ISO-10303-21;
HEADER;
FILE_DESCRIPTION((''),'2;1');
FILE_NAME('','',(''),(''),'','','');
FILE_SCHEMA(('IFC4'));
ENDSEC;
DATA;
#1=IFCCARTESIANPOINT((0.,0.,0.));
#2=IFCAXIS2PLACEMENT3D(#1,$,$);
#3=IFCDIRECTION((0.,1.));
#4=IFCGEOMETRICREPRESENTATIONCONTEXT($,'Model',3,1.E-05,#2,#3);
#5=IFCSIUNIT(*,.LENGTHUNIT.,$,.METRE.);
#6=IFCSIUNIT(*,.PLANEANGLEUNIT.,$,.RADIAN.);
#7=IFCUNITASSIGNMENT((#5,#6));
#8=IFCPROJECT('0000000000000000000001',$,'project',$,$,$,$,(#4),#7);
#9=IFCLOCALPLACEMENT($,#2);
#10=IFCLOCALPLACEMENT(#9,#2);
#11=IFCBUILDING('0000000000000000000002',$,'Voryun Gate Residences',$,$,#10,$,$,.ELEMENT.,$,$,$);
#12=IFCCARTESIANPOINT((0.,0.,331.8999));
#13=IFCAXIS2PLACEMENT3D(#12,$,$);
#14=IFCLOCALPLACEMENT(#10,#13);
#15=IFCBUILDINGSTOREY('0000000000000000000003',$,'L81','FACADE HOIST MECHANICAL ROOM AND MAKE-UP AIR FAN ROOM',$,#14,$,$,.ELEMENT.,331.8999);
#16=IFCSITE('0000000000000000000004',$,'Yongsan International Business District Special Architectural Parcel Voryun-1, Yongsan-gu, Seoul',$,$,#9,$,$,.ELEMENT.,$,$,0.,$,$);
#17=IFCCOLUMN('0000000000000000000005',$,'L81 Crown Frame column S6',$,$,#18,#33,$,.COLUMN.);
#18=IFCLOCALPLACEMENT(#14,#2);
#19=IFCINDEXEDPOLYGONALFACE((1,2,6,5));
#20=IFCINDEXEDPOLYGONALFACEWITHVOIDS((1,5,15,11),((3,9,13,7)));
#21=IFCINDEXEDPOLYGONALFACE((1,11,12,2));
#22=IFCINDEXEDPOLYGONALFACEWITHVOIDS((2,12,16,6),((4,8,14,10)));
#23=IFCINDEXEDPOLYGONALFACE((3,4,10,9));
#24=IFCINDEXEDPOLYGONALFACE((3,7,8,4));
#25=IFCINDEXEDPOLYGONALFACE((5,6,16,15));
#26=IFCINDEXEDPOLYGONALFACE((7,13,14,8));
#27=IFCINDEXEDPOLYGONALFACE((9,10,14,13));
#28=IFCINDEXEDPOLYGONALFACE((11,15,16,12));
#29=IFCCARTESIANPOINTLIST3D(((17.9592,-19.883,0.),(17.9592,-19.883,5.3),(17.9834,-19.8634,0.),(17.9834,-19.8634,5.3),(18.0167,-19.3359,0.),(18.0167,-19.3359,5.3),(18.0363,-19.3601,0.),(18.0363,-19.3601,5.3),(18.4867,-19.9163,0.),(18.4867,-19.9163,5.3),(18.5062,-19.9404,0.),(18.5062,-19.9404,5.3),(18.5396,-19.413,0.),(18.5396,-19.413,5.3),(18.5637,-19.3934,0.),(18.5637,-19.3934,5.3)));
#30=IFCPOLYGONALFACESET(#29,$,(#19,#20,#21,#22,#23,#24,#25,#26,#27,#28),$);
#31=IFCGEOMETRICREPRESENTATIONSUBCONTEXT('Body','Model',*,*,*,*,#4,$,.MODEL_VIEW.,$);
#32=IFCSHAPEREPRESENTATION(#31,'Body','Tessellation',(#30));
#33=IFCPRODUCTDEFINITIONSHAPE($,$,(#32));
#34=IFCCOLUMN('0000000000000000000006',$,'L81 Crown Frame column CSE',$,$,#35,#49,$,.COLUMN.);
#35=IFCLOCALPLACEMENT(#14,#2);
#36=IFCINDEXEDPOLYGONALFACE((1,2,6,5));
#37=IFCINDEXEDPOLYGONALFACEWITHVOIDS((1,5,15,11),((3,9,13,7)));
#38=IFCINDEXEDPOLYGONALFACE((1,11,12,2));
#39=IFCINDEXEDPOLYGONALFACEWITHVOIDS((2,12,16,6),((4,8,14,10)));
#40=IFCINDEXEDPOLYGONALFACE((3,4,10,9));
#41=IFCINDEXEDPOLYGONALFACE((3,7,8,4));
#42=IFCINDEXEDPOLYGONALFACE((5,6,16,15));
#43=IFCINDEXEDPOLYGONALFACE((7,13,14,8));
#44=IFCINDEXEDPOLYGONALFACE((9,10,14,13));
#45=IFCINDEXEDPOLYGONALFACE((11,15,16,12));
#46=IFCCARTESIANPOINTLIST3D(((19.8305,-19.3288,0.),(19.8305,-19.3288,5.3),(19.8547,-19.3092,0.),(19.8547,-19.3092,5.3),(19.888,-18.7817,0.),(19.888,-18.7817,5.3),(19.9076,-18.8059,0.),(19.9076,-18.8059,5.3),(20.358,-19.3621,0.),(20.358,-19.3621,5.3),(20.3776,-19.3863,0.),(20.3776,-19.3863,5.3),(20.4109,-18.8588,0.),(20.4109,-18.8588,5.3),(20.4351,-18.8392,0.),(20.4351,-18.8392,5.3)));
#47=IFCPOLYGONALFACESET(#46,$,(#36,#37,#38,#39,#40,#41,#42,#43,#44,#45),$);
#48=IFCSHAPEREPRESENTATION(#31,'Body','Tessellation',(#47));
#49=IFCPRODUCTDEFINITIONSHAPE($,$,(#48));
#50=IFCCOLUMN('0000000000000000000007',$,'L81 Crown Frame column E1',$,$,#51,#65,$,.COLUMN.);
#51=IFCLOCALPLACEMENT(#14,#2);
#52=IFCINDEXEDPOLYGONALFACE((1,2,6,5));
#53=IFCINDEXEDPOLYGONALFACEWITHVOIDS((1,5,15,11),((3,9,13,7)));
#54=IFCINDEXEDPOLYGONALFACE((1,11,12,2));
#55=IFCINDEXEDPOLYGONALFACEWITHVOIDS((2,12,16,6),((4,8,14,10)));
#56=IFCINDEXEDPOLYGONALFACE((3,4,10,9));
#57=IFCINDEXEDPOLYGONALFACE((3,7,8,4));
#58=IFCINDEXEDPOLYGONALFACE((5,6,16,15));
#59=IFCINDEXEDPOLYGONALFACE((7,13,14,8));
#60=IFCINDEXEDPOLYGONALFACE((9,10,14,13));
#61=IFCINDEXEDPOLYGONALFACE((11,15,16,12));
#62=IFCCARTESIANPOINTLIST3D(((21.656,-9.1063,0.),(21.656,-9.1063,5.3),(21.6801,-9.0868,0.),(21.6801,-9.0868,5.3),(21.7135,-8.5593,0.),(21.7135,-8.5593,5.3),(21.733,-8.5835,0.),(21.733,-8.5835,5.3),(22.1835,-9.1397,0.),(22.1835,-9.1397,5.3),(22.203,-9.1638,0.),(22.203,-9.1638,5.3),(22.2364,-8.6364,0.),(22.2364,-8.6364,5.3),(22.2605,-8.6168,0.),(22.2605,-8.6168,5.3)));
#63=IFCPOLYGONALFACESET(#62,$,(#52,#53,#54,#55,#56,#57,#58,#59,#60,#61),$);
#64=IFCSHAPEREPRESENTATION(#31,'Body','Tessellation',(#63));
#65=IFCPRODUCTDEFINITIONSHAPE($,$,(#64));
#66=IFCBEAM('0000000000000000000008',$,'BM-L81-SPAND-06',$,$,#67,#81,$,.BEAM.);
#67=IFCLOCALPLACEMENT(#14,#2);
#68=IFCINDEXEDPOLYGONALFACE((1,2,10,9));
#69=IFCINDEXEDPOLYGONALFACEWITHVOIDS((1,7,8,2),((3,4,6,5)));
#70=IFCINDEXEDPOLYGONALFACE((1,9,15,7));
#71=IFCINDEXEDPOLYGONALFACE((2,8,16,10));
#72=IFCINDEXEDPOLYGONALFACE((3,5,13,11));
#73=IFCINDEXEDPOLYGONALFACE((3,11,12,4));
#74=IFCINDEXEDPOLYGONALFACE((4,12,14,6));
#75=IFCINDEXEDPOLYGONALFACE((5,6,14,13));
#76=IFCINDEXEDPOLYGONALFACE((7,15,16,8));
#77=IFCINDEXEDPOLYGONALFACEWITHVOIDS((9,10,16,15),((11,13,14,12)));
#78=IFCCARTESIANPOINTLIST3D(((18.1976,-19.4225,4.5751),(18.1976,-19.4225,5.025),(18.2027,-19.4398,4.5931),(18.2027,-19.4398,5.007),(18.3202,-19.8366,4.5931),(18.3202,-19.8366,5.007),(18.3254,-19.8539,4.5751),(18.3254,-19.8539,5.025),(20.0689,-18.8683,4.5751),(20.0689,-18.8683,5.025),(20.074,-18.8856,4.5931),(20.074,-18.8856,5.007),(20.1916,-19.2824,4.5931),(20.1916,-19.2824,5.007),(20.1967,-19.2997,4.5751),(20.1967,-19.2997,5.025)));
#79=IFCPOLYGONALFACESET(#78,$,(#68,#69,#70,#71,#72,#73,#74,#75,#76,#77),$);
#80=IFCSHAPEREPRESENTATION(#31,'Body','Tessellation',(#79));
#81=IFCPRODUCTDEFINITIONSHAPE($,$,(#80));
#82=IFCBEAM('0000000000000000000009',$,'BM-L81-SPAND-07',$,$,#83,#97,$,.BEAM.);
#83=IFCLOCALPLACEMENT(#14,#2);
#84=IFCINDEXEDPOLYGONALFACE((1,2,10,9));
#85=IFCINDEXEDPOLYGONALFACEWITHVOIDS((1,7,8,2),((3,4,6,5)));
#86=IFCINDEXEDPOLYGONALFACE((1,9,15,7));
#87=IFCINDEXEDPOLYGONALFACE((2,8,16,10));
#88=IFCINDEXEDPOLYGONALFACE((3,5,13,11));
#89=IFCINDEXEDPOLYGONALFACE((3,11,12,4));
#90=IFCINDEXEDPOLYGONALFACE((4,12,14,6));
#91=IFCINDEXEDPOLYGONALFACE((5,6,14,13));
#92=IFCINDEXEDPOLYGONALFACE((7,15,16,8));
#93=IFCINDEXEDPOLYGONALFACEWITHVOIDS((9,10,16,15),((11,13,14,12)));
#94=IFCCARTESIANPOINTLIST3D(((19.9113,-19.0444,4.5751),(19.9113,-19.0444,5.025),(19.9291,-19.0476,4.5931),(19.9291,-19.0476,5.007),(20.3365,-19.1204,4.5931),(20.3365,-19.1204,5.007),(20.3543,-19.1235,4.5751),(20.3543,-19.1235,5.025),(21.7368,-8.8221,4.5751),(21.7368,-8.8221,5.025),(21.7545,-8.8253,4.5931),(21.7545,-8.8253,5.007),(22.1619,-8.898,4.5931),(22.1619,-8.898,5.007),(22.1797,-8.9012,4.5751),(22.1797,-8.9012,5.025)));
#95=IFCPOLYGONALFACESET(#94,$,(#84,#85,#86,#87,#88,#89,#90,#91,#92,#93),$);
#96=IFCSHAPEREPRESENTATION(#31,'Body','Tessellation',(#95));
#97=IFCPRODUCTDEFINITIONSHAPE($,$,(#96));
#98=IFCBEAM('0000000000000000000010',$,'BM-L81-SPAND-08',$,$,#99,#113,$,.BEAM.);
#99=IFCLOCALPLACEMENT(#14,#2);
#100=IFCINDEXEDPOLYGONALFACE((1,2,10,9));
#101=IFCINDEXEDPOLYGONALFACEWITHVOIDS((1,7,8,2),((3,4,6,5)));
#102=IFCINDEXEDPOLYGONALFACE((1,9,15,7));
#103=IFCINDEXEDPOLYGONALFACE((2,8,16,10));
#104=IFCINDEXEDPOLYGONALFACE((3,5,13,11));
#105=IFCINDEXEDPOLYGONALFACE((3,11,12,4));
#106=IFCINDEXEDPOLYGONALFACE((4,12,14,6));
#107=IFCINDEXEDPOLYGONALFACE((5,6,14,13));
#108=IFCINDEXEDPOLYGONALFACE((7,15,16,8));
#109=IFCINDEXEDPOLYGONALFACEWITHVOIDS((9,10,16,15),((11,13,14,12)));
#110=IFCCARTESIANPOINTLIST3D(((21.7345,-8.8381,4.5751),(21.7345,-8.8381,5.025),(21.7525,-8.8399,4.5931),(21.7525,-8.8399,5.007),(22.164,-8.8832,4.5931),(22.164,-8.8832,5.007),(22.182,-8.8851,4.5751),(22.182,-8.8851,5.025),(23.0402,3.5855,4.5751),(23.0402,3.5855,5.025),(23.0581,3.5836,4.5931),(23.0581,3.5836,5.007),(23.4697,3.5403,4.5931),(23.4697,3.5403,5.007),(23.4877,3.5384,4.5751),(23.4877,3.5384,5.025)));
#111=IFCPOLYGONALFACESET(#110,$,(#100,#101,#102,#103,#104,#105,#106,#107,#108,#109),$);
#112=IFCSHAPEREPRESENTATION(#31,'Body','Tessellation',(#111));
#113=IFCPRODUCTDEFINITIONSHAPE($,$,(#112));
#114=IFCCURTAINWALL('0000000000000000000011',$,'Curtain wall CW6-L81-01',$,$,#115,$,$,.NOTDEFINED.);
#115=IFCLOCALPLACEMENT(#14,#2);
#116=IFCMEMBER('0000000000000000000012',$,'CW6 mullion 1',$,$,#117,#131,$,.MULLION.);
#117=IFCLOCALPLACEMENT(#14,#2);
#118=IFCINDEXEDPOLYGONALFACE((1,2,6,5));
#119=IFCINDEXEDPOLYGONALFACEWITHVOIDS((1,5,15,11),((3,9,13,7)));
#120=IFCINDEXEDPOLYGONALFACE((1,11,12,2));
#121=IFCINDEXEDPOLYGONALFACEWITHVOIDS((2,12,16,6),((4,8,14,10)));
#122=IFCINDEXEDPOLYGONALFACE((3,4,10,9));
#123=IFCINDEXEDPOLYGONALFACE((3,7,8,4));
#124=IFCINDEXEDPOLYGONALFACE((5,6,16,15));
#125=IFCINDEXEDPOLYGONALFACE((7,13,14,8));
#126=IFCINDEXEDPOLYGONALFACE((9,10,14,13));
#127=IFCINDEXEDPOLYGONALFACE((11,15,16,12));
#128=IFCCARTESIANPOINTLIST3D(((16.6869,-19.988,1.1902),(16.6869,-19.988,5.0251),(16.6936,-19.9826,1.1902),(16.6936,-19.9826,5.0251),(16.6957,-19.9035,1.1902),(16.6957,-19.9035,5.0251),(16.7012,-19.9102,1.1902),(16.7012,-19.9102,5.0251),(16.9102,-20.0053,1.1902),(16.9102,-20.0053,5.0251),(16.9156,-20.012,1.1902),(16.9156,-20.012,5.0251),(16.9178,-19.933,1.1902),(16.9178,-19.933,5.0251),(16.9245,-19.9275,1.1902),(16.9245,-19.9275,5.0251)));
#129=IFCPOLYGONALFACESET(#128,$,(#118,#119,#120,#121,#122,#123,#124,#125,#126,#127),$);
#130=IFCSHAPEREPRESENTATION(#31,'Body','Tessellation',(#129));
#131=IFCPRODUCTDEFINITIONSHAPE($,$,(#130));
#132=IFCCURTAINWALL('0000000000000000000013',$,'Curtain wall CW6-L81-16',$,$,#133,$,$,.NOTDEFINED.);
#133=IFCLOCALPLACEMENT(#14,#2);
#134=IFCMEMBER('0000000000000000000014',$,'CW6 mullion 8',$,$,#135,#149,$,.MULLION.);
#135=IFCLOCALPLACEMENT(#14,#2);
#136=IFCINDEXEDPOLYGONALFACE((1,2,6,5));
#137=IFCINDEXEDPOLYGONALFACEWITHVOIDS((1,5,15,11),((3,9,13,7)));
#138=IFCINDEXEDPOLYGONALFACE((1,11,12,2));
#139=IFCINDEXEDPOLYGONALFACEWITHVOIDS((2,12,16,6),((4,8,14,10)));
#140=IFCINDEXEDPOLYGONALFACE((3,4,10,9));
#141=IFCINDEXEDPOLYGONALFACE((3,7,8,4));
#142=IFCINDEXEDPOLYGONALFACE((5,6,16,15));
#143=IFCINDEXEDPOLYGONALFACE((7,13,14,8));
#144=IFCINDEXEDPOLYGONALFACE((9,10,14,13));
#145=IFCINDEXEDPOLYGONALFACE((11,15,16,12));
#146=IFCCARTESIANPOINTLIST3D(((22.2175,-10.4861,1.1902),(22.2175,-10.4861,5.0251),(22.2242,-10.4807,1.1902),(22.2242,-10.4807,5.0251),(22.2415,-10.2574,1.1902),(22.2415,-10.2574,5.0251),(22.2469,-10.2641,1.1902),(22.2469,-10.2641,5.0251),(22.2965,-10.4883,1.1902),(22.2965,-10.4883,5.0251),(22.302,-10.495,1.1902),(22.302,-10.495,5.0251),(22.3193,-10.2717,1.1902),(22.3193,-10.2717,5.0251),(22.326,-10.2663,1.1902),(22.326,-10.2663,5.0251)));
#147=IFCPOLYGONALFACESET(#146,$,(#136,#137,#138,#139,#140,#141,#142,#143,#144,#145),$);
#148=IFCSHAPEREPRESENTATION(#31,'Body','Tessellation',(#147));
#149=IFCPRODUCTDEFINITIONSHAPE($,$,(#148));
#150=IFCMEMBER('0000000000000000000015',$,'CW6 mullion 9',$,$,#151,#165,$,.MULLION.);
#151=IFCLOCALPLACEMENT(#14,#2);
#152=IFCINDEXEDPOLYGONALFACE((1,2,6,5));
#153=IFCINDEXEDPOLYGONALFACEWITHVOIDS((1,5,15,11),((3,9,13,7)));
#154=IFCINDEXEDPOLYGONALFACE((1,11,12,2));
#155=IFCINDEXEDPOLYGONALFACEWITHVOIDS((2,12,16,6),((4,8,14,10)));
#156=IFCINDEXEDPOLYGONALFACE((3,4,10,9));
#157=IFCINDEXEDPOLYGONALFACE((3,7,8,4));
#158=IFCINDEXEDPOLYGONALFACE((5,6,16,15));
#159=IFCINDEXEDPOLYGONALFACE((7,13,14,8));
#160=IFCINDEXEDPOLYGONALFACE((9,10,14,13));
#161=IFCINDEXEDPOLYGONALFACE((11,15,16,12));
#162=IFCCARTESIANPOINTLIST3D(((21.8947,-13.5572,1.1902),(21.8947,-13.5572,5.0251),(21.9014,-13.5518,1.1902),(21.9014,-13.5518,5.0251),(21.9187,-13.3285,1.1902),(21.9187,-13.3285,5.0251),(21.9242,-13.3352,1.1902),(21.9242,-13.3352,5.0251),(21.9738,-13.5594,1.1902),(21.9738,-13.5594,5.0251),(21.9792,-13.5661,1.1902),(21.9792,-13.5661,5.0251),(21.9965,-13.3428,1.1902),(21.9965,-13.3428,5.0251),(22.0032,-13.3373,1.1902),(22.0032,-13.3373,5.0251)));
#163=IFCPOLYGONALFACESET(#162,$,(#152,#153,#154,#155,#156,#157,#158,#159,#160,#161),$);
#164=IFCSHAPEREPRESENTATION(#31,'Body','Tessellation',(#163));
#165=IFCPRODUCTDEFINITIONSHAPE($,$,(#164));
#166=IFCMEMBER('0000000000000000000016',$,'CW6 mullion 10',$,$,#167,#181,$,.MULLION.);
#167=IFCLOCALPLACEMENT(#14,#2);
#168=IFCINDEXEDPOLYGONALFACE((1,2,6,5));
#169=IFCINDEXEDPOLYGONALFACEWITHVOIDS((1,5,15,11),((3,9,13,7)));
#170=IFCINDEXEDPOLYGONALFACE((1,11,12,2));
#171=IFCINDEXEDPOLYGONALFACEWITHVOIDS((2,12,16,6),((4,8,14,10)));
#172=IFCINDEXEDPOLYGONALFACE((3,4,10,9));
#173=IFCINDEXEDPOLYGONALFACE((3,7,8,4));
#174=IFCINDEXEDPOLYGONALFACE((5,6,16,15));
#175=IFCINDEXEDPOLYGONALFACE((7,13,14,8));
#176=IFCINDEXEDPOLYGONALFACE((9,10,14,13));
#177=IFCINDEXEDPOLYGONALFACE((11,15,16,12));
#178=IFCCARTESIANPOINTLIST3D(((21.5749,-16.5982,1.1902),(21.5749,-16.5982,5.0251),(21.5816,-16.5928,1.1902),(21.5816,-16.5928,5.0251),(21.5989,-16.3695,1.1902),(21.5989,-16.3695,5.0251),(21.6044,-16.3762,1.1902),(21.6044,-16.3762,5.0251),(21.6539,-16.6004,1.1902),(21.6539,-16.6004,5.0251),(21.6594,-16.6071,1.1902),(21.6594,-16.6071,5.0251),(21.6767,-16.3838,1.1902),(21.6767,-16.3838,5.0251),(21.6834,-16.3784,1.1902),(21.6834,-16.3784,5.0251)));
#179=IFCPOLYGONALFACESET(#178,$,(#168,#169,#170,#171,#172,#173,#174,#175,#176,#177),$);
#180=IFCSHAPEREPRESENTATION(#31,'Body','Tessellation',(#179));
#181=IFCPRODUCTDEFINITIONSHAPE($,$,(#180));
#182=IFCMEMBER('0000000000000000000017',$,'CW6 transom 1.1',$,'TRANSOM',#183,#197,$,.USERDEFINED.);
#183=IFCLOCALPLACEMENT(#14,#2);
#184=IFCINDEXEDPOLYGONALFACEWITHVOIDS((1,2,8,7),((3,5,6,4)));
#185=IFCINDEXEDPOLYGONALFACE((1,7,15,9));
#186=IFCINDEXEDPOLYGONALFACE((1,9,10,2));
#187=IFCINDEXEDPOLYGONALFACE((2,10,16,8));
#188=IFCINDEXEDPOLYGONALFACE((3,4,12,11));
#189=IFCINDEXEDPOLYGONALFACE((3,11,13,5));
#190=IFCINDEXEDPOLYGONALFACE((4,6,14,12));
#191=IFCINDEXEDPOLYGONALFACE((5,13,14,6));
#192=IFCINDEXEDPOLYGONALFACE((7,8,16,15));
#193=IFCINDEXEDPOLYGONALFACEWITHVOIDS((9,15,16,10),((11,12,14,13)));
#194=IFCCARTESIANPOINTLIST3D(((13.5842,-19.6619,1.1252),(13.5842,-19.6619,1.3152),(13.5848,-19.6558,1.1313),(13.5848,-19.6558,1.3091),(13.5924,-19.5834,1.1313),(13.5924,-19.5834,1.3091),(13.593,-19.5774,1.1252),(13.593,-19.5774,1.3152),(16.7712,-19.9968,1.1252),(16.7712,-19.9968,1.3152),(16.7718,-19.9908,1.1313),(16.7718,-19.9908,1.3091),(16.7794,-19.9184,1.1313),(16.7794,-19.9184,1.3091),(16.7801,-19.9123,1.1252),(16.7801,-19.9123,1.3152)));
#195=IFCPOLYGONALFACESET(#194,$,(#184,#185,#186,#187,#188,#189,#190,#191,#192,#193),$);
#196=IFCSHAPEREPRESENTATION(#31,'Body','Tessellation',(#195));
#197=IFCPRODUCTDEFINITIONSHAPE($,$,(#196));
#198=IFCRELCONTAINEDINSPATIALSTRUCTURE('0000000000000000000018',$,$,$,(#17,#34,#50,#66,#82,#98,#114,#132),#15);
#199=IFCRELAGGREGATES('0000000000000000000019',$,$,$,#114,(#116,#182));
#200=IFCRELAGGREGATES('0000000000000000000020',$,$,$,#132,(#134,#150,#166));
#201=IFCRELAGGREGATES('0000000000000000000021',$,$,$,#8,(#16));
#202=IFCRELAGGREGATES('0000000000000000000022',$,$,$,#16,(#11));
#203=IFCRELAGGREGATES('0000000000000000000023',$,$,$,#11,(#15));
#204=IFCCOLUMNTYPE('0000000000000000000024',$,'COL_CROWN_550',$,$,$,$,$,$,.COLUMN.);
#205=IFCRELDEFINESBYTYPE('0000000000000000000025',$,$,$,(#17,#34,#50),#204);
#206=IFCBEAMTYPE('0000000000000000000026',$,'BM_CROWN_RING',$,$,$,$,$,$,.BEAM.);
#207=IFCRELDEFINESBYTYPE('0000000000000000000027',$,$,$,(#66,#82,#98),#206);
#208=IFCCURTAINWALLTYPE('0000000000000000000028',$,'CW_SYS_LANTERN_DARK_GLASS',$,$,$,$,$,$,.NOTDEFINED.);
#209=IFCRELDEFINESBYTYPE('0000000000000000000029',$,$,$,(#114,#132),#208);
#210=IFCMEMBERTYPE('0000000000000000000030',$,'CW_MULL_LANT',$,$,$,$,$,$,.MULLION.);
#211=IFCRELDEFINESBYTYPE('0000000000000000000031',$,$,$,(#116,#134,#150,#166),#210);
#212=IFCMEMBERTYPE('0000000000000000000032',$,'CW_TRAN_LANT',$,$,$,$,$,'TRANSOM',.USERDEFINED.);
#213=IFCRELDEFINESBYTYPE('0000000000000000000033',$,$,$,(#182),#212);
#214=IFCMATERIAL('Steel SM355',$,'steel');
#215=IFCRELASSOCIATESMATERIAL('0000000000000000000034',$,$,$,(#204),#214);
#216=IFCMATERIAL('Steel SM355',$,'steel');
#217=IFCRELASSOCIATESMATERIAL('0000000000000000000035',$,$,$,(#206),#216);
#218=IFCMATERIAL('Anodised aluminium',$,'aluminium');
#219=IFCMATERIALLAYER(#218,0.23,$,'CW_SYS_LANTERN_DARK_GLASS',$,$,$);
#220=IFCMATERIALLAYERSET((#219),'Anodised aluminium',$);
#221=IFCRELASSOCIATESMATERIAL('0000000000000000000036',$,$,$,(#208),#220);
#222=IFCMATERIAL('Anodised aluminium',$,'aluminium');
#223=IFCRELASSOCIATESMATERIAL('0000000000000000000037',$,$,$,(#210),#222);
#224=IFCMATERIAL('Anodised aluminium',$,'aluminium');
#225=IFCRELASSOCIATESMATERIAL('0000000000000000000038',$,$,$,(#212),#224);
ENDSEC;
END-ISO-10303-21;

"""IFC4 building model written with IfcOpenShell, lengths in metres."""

from ifc_helpers import new_model, si_unit, direction, frame, origin, origin_2d, place, context, subcontext, project, spatial, hollow_rectangle, extrude, material, layer, layer_set, material_profile, profile_set, type_object, element, aggregate, save


model = new_model("IFC4")

# Units and contexts
model_context = context("Model", 3, precision=1e-05, world=origin(), true_north=direction((0.0, 1.0)))
body_context = subcontext(model_context, "Body", "Model", "MODEL_VIEW")
ifc_project = project(units=[si_unit("LENGTHUNIT", "METRE"), si_unit("PLANEANGLEUNIT", "RADIAN")], contexts=[model_context])

# Site, building, storey
site_placement = place(None, origin())
site = spatial("IfcSite", under=ifc_project, at=site_placement, Name="Yongsan International Business District Special Architectural Parcel Voryun-1, Yongsan-gu, Seoul", CompositionType="ELEMENT", RefElevation=0.0)
building_placement = place(site_placement, origin())
building = spatial("IfcBuilding", under=site, at=building_placement, Name="Voryun Gate Residences", CompositionType="ELEMENT")
storey_placement = place(building_placement, frame((0.0, 0.0, 331.8999)))
storey = spatial("IfcBuildingStorey", under=building, at=storey_placement, Name="L81", Description="FACADE HOIST MECHANICAL ROOM AND MAKE-UP AIR FAN ROOM", CompositionType="ELEMENT", Elevation=331.8999)

# Columns
ifc_material_1 = material(Name="Steel SM355", Category="steel")
ifc_material_profile_1 = material_profile(ifc_material_1, hollow_rectangle(XDim=0.55, YDim=0.55, WallThickness=0.022, at=origin_2d()), Name="BOX-550x550x22")
ifc_profile_set_1 = profile_set([ifc_material_profile_1], Name="Steel SM355")
column_type = type_object("IfcColumnType", Name="COL_CROWN_550", PredefinedType="COLUMN", material=ifc_profile_set_1)
for number, where, z_axis, x_axis, name in (
    (1, (18.2615, -19.6382, 0.0), (0.0, 0.0, 1.0), (0.994522, -0.104528, 0.0), "L81 Crown Frame column S6"),
    (2, (20.1328, -19.084, 0.0), (0.0, 0.0, 1.0), (0.994522, -0.104528, 0.0), "L81 Crown Frame column CSE"),
    (3, (21.9583, -8.8616, 0.0), (0.0, 0.0, 1.0), (0.994522, -0.104528, 0.0), "L81 Crown Frame column E1"),
):
    element("IfcColumn", number, at=place(storey_placement, frame(where, z_axis=z_axis, x_axis=x_axis)), inside=storey, type_object=column_type, Name=name, PredefinedType="COLUMN", context=body_context, shape_type="SweptSolid", body=[
        extrude(hollow_rectangle(XDim=0.55, YDim=0.55, WallThickness=0.022, at=origin_2d()), origin(), (0.0, 0.0, 1.0), 5.3),
    ])

# Beams
ifc_material_2 = material(Name="Steel SM355", Category="steel")
ifc_material_profile_2 = material_profile(ifc_material_2, hollow_rectangle(XDim=0.45, YDim=0.45, WallThickness=0.0181, at=origin_2d()), Name="BOX-450x450x18")
ifc_profile_set_2 = profile_set([ifc_material_profile_2], Name="Steel SM355")
beam_type = type_object("IfcBeamType", Name="BM_CROWN_RING", PredefinedType="BEAM", material=ifc_profile_set_2)
beam_1_placement = place(storey_placement, frame((18.2615, -19.6382, 4.8), z_axis=(0.958836, 0.283961, 0.0), x_axis=(-0.283961, 0.958836, 0.0)))
element("IfcBeam", 4, at=beam_1_placement, inside=storey, type_object=beam_type, Name="BM-L81-SPAND-06", PredefinedType="BEAM", context=body_context, shape_type="SweptSolid", body=[
    extrude(hollow_rectangle(XDim=0.45, YDim=0.45, WallThickness=0.0181, at=origin_2d()), origin(), (0.0, 0.0, 1.0), 1.9517),
])
beam_2_placement = place(storey_placement, frame((20.1328, -19.084, 4.8), z_axis=(0.175791, 0.984427, 0.0), x_axis=(-0.984427, 0.175791, 0.0)))
element("IfcBeam", 5, at=beam_2_placement, inside=storey, type_object=beam_type, Name="BM-L81-SPAND-07", PredefinedType="BEAM", context=body_context, shape_type="SweptSolid", body=[
    extrude(hollow_rectangle(XDim=0.45, YDim=0.45, WallThickness=0.0181, at=origin_2d()), origin(), (0.0, 0.0, 1.0), 10.384),
])
beam_3_placement = place(storey_placement, frame((21.9583, -8.8616, 4.8), z_axis=(0.10452, 0.994523, 0.0), x_axis=(-0.994523, 0.10452, 0.0)))
element("IfcBeam", 6, at=beam_3_placement, inside=storey, type_object=beam_type, Name="BM-L81-SPAND-08", PredefinedType="BEAM", context=body_context, shape_type="SweptSolid", body=[
    extrude(hollow_rectangle(XDim=0.45, YDim=0.45, WallThickness=0.0181, at=origin_2d()), origin(), (0.0, 0.0, 1.0), 12.4919),
])

# Curtain wall, member
ifc_material_3 = material(Name="Anodised aluminium", Category="aluminium")
ifc_layer_1 = layer(ifc_material_3, 0.23, Name="CW_SYS_LANTERN_DARK_GLASS")
ifc_layer_set_1 = layer_set([ifc_layer_1], Name="Anodised aluminium")
curtain_wall_type = type_object("IfcCurtainWallType", Name="CW_SYS_LANTERN_DARK_GLASS", PredefinedType="NOTDEFINED", material=ifc_layer_set_1)
curtain_wall_1_placement = place(storey_placement, origin())
curtain_wall_1 = element("IfcCurtainWall", 7, at=curtain_wall_1_placement, inside=storey, type_object=curtain_wall_type, Name="Curtain wall CW6-L81-01", PredefinedType="NOTDEFINED")
ifc_material_4 = material(Name="Anodised aluminium", Category="aluminium")
ifc_material_profile_3 = material_profile(ifc_material_4, hollow_rectangle(XDim=0.085, YDim=0.23, WallThickness=0.0061, at=origin_2d()), Name="ALU-MULL-230x85x6")
ifc_profile_set_3 = profile_set([ifc_material_profile_3], Name="Anodised aluminium")
member_type_1 = type_object("IfcMemberType", Name="CW_MULL_LANT", PredefinedType="MULLION", material=ifc_profile_set_3)
member_1_placement = place(storey_placement, frame((16.8057, -19.9578, 1.1902), z_axis=(0.0, 0.0, 1.0), x_axis=(-0.104528, -0.994522, 0.0)))
member_1 = element("IfcMember", 8, at=member_1_placement, type_object=member_type_1, Name="CW6 mullion 1", PredefinedType="MULLION", context=body_context, shape_type="SweptSolid", body=[
    extrude(hollow_rectangle(XDim=0.085, YDim=0.23, WallThickness=0.0061, at=origin_2d()), origin(), (0.0, 0.0, 1.0), 3.835),
])

# Curtain wall, members
curtain_wall_2_placement = place(storey_placement, origin())
curtain_wall_2 = element("IfcCurtainWall", 9, at=curtain_wall_2_placement, inside=storey, type_object=curtain_wall_type, Name="Curtain wall CW6-L81-16", PredefinedType="NOTDEFINED")
member_2_placement = place(storey_placement, frame((22.2717, -10.3762, 1.1902), z_axis=(0.0, 0.0, 1.0), x_axis=(0.994522, -0.104528, 0.0)))
member_2 = element("IfcMember", 10, at=member_2_placement, type_object=member_type_1, Name="CW6 mullion 8", PredefinedType="MULLION", context=body_context, shape_type="SweptSolid", body=[
    extrude(hollow_rectangle(XDim=0.085, YDim=0.23, WallThickness=0.0061, at=origin_2d()), origin(), (0.0, 0.0, 1.0), 3.835),
])
member_3_placement = place(storey_placement, frame((21.949, -13.4473, 1.1902), z_axis=(0.0, 0.0, 1.0), x_axis=(0.994522, -0.104528, 0.0)))
member_3 = element("IfcMember", 11, at=member_3_placement, type_object=member_type_1, Name="CW6 mullion 9", PredefinedType="MULLION", context=body_context, shape_type="SweptSolid", body=[
    extrude(hollow_rectangle(XDim=0.085, YDim=0.23, WallThickness=0.0061, at=origin_2d()), origin(), (0.0, 0.0, 1.0), 3.835),
])
member_4_placement = place(storey_placement, frame((21.6292, -16.4883, 1.1902), z_axis=(0.0, 0.0, 1.0), x_axis=(0.994522, -0.104528, 0.0)))
member_4 = element("IfcMember", 12, at=member_4_placement, type_object=member_type_1, Name="CW6 mullion 10", PredefinedType="MULLION", context=body_context, shape_type="SweptSolid", body=[
    extrude(hollow_rectangle(XDim=0.085, YDim=0.23, WallThickness=0.0061, at=origin_2d()), origin(), (0.0, 0.0, 1.0), 3.835),
])

# Member
ifc_material_5 = material(Name="Anodised aluminium", Category="aluminium")
ifc_material_profile_4 = material_profile(ifc_material_5, hollow_rectangle(XDim=0.085, YDim=0.1899, WallThickness=0.0061, at=origin_2d()), Name="ALU-TRAN-190x85x6")
ifc_profile_set_4 = profile_set([ifc_material_profile_4], Name="Anodised aluminium")
member_type_2 = type_object("IfcMemberType", Name="CW_TRAN_LANT", ElementType="TRANSOM", PredefinedType="USERDEFINED", material=ifc_profile_set_4)
member_5_placement = place(storey_placement, frame((16.7756, -19.9546, 1.2202), z_axis=(-0.994522, 0.104526, 0.0), x_axis=(-0.104526, -0.994522, 0.0)))
member_5 = element("IfcMember", 13, at=member_5_placement, type_object=member_type_2, Name="CW6 transom 1.1", ObjectType="TRANSOM", PredefinedType="USERDEFINED", context=body_context, shape_type="SweptSolid", body=[
    extrude(hollow_rectangle(XDim=0.085, YDim=0.1899, WallThickness=0.0061, at=origin_2d()), origin(), (0.0, 0.0, 1.0), 3.2046),
])
aggregate(curtain_wall_1, [member_1, member_5])

aggregate(curtain_wall_2, [member_2, member_3, member_4])

save(model, "model.ifc")
